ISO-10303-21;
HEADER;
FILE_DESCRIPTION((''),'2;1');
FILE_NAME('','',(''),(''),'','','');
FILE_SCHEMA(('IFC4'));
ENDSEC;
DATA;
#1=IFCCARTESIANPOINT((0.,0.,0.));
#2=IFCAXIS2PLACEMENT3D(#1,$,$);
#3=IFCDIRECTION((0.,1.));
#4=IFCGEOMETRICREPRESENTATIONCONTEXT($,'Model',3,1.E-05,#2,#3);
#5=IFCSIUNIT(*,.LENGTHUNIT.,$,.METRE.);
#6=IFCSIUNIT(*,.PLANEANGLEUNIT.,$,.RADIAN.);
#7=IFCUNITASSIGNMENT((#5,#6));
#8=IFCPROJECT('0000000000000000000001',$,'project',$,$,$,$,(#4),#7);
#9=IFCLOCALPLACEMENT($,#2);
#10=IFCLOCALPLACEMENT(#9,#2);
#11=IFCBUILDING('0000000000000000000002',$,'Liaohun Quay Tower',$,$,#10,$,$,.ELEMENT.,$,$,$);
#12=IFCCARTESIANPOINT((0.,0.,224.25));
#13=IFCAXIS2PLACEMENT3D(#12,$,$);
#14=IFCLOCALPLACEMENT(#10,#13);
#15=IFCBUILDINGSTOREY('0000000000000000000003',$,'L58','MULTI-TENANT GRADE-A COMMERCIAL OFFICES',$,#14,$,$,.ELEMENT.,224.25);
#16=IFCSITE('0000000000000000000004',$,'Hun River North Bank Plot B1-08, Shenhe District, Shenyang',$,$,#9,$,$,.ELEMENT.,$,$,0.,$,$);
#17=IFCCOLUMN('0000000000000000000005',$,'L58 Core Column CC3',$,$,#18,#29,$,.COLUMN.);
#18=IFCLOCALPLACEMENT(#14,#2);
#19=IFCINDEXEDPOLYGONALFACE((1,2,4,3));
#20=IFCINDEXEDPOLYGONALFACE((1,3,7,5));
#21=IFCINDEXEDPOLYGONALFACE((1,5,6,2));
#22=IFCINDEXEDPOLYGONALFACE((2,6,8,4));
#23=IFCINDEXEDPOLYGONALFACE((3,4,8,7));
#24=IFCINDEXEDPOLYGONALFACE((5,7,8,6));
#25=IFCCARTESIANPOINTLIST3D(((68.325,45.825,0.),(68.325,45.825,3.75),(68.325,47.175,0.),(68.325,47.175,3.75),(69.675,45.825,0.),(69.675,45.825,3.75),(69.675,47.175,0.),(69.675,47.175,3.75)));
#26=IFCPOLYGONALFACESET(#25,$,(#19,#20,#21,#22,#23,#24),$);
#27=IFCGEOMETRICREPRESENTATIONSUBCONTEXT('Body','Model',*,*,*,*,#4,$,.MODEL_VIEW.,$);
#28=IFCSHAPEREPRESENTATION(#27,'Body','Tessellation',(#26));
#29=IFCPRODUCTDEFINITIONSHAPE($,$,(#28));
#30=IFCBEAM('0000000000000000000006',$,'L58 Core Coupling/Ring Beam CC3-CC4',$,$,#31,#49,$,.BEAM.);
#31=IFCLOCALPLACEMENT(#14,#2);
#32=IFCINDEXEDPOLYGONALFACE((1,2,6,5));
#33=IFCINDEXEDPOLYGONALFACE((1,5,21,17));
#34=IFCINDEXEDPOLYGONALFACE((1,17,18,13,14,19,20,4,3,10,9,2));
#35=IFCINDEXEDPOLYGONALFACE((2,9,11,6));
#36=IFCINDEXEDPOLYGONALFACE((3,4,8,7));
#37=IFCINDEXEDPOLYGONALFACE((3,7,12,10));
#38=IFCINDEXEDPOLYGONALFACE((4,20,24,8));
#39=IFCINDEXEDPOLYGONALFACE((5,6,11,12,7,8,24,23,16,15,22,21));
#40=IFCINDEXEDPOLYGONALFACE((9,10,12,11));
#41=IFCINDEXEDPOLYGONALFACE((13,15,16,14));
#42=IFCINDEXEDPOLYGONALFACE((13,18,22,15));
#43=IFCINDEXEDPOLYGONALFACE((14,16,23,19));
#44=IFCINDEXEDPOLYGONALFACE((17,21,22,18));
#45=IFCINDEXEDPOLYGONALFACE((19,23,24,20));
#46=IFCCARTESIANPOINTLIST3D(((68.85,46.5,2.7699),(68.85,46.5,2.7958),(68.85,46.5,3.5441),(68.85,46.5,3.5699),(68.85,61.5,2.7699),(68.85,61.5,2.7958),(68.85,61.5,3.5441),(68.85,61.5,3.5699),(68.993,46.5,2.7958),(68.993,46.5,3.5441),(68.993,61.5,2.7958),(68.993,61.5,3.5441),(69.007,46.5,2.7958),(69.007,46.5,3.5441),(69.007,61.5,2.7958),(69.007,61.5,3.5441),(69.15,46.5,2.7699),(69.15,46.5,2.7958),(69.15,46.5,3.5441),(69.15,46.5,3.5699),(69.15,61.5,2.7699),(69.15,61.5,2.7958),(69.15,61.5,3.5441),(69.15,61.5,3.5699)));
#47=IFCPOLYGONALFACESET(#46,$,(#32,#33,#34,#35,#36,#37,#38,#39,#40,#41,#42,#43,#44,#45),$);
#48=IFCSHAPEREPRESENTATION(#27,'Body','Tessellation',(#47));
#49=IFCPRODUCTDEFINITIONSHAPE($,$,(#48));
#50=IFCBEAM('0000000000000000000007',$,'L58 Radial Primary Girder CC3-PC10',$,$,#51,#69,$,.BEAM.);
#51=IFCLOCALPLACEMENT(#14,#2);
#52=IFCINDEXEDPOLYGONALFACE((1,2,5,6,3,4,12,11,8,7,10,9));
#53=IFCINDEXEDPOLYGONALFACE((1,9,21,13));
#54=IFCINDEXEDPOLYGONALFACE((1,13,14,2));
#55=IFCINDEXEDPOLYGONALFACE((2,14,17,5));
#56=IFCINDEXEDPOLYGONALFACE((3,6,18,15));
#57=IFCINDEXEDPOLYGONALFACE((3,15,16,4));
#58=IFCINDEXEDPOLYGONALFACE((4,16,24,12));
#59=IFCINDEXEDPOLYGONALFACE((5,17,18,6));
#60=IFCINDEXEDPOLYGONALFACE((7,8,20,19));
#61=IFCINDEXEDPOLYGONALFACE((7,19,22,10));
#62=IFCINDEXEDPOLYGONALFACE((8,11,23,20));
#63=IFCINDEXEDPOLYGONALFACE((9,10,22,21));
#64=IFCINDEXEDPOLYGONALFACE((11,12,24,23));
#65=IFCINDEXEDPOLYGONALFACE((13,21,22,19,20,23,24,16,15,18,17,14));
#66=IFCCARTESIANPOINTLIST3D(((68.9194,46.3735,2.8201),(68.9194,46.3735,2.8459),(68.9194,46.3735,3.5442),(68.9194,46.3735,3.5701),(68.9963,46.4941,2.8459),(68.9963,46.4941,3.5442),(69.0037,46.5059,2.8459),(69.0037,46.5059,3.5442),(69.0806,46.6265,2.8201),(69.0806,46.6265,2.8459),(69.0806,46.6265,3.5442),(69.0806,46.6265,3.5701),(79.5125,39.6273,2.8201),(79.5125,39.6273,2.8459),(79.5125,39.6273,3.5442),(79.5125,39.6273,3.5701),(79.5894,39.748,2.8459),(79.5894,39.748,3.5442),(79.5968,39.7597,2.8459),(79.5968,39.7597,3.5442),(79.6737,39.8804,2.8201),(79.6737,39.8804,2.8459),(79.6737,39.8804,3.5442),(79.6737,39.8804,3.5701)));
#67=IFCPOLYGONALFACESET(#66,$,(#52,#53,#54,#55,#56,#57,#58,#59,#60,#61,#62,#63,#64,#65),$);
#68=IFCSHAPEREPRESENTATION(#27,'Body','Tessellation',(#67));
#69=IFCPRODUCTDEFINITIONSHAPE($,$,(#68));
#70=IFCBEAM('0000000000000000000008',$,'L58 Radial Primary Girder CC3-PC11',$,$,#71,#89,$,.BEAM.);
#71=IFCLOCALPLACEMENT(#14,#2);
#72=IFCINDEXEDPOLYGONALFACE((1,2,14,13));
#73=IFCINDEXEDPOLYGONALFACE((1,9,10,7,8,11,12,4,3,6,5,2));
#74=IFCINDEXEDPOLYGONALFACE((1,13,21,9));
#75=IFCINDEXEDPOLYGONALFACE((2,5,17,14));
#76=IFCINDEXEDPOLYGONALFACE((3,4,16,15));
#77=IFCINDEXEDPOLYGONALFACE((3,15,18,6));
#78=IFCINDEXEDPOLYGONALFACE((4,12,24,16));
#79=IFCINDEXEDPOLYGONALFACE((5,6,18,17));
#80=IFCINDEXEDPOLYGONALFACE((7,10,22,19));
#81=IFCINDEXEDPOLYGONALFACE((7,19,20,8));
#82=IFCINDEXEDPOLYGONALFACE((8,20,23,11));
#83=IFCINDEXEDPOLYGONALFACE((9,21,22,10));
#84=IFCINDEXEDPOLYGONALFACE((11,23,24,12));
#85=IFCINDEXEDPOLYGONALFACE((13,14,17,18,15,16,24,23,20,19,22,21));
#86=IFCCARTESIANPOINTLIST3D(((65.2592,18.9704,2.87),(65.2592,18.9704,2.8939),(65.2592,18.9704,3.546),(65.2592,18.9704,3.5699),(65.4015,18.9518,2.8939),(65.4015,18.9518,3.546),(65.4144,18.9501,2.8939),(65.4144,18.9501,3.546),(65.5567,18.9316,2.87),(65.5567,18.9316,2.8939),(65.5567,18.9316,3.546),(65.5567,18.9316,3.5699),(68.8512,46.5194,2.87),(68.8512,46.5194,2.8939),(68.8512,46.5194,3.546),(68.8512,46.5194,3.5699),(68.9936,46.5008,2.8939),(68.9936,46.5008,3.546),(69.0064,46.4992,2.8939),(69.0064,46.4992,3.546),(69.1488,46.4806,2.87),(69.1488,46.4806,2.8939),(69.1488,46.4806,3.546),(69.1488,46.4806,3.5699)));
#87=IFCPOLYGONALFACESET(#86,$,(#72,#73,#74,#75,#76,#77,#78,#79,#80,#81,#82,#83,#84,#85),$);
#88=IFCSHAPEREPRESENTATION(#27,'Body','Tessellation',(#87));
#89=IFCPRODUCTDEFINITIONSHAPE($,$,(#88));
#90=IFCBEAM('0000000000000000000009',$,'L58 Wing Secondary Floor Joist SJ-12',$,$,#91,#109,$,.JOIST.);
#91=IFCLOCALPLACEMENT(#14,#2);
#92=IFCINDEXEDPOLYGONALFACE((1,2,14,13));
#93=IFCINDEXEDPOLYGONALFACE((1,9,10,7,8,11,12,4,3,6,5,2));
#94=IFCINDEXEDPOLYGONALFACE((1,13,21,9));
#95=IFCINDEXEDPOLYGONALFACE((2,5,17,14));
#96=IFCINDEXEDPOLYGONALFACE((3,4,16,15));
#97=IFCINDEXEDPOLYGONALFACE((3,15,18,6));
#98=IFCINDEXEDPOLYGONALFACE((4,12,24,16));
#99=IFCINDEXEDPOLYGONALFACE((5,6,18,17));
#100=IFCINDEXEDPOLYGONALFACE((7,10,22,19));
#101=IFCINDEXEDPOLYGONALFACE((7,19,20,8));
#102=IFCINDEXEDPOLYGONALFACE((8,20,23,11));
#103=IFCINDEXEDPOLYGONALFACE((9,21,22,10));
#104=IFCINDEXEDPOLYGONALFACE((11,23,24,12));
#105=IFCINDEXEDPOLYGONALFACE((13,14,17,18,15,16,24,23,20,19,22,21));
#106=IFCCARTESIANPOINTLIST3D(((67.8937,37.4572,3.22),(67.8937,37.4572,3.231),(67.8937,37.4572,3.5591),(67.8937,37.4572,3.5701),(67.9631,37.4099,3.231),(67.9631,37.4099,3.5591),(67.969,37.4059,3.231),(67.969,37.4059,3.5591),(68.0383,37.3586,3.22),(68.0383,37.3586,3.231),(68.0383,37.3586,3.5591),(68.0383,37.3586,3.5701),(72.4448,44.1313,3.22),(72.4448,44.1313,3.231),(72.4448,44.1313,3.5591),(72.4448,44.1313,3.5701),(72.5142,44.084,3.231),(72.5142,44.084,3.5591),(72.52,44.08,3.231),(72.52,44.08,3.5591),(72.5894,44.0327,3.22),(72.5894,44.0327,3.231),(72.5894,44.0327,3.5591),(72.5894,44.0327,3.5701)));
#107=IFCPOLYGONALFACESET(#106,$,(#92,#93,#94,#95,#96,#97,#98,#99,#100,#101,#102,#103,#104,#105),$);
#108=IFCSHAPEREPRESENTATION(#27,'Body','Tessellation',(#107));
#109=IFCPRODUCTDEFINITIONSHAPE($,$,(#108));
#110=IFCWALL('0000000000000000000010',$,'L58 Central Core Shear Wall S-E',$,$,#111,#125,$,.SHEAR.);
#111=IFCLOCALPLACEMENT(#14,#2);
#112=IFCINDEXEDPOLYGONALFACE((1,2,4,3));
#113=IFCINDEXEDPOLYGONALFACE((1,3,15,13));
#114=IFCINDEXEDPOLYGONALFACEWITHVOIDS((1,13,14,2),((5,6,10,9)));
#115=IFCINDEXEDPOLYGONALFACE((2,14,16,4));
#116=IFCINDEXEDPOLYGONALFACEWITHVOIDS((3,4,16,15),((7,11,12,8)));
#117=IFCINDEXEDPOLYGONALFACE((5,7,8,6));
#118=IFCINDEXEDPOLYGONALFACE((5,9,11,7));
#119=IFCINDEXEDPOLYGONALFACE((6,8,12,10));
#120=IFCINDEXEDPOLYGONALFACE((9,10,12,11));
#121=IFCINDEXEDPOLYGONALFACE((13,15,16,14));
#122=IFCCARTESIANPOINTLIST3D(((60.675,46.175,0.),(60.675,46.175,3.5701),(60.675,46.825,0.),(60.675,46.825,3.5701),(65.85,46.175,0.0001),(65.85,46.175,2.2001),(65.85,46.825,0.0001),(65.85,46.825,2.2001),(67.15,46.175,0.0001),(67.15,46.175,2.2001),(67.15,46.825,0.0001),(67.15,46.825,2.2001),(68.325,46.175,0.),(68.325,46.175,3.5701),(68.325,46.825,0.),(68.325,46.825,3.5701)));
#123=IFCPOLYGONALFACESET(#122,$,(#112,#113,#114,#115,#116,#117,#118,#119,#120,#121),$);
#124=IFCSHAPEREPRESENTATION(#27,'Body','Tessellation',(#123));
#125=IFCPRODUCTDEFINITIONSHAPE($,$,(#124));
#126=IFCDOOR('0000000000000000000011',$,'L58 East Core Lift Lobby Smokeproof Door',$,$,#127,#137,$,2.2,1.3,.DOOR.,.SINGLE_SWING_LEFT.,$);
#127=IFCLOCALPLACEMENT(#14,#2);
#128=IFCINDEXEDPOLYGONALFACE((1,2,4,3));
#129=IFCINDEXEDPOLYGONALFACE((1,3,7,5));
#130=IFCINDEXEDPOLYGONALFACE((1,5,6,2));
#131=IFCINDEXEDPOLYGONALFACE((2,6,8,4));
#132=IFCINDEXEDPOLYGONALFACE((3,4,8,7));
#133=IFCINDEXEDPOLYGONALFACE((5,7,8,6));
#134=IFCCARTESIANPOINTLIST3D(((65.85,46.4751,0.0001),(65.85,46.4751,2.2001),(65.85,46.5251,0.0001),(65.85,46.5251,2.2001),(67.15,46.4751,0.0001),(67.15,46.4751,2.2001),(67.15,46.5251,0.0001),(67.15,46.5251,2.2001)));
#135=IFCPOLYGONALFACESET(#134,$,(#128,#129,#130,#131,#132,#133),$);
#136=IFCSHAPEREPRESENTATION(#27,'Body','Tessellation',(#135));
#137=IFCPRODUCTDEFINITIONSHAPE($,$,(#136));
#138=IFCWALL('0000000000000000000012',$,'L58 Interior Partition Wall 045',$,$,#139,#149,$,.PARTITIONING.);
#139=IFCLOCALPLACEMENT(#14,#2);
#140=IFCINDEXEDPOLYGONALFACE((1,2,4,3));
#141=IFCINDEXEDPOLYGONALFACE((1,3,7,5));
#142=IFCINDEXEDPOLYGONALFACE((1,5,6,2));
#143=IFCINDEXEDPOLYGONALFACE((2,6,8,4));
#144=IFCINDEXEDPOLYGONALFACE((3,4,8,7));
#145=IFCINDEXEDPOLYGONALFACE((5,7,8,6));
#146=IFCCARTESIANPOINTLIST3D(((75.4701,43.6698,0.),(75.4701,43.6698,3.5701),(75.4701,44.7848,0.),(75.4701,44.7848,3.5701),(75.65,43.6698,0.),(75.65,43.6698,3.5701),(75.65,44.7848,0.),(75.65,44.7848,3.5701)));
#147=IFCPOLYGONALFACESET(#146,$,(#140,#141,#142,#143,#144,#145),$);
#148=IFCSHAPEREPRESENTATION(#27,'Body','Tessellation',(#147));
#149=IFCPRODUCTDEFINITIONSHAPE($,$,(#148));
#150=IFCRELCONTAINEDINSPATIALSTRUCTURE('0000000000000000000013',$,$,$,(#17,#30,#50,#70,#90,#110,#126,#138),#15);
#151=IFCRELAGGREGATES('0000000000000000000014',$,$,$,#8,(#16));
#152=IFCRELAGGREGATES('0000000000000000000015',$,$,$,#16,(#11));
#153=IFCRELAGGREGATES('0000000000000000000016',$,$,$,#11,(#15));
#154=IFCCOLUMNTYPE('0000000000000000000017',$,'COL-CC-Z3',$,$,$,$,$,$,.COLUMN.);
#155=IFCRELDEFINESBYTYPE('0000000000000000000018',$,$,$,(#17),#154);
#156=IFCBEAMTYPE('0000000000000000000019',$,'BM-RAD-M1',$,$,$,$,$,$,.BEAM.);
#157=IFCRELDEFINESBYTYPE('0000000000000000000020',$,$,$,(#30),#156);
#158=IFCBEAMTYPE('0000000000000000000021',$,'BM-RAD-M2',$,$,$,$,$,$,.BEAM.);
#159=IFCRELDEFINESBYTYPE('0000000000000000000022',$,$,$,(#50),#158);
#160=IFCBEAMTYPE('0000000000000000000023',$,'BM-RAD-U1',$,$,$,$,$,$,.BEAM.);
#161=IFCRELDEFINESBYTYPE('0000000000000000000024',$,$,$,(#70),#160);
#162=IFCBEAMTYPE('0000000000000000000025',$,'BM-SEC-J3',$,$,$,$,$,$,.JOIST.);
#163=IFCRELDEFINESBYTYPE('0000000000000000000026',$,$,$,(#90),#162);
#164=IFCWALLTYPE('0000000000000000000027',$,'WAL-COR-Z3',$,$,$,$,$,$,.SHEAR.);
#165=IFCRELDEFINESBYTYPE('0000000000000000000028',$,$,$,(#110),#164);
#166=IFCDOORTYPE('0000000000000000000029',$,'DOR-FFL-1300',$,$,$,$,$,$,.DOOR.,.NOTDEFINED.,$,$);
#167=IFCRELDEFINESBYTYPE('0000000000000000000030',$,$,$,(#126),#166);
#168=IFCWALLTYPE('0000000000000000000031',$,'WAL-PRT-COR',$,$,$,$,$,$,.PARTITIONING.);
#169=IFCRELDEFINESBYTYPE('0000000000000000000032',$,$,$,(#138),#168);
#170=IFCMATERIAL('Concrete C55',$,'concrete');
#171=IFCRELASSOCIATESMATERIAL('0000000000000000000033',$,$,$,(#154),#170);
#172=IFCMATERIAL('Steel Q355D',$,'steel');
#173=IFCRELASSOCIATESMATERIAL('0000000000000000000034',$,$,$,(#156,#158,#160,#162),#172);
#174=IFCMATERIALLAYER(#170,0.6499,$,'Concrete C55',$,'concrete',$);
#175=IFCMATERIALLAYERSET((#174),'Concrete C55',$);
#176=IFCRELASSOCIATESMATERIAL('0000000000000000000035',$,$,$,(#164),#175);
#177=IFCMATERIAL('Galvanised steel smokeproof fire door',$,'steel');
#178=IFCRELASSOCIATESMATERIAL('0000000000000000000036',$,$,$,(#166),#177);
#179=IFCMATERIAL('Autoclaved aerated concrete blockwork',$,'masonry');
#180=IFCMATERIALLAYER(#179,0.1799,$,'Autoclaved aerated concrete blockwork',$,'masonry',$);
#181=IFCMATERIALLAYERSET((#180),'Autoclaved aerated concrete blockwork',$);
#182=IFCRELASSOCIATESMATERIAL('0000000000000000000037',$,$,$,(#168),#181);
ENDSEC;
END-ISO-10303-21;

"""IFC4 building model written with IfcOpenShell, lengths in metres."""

from ifc_helpers import new_model, si_unit, direction, frame, frame_2d, origin, origin_2d, place, context, subcontext, project, spatial, rectangle, i_section, extrude, source, transform, mapped, material, layer, layer_set, material_profile, profile_set, type_object, element, fill, save


model = new_model("IFC4")

# Units and contexts
model_context = context("Model", 3, precision=1e-05, world=origin(), true_north=direction((0.0, 1.0)))
body_context = subcontext(model_context, "Body", "Model", "MODEL_VIEW")
ifc_project = project(units=[si_unit("LENGTHUNIT", "METRE"), si_unit("PLANEANGLEUNIT", "RADIAN")], contexts=[model_context])

# Site, building, storey
site_placement = place(None, origin())
site = spatial("IfcSite", under=ifc_project, at=site_placement, Name="Hun River North Bank Plot B1-08, Shenhe District, Shenyang", CompositionType="ELEMENT", RefElevation=0.0)
building_placement = place(site_placement, origin())
building = spatial("IfcBuilding", under=site, at=building_placement, Name="Liaohun Quay Tower", CompositionType="ELEMENT")
storey_placement = place(building_placement, frame((0.0, 0.0, 224.25)))
storey = spatial("IfcBuildingStorey", under=building, at=storey_placement, Name="L58", Description="MULTI-TENANT GRADE-A COMMERCIAL OFFICES", CompositionType="ELEMENT", Elevation=224.25)

# Column
ifc_material_1 = material(Name="Concrete C55", Category="concrete")
ifc_material_profile_1 = material_profile(ifc_material_1, rectangle(XDim=1.3501, YDim=1.3501, at=origin_2d()), Name="RC1350x1350")
ifc_profile_set_1 = profile_set([ifc_material_profile_1], Name="Concrete C55")
column_type = type_object("IfcColumnType", Name="COL-CC-Z3", PredefinedType="COLUMN", material=ifc_profile_set_1)
shared_shape_1 = source(origin(), body_context, "Body", "SweptSolid", [
    extrude(rectangle(XDim=1.3501, YDim=1.3501, at=origin_2d()), origin(), (0.0, 0.0, 1.0), 3.75),
])
column_placement = place(storey_placement, frame((69.0, 46.5, 0.0), z_axis=(0.0, 0.0, 1.0), x_axis=(1.0, 0.0, 0.0)))
element("IfcColumn", 1, at=column_placement, inside=storey, type_object=column_type, Name="L58 Core Column CC3", PredefinedType="COLUMN", context=body_context, shape_type="MappedRepresentation", body=[
    mapped(shared_shape_1, transform((0.0, 0.0, 0.0), x_axis=(1.0, 0.0, 0.0), y_axis=(0.0, 1.0, 0.0), z_axis=(0.0, 0.0, 1.0), scale=1.0)),
])

# Beams
ifc_material_2 = material(Name="Steel Q355D", Category="steel")
ifc_material_profile_2 = material_profile(ifc_material_2, i_section(OverallWidth=0.3, OverallDepth=0.8, WebThickness=0.0139, FlangeThickness=0.0259, at=origin_2d()), Name="HN800x300x14x26")
ifc_profile_set_2 = profile_set([ifc_material_profile_2], Name="Steel Q355D")
beam_type_1 = type_object("IfcBeamType", Name="BM-RAD-M1", PredefinedType="BEAM", material=ifc_profile_set_2)
shared_shape_2 = source(origin(), body_context, "Body", "SweptSolid", [
    extrude(i_section(OverallWidth=0.3, OverallDepth=0.8, WebThickness=0.0139, FlangeThickness=0.0259, at=origin_2d()), origin(), (0.0, 0.0, 1.0), 15.0),
])
beam_1_placement = place(storey_placement, frame((69.0, 46.5, 3.1699), z_axis=(0.0, 1.0, 0.0), x_axis=(-1.0, 0.0, 0.0)))
element("IfcBeam", 2, at=beam_1_placement, inside=storey, type_object=beam_type_1, Name="L58 Core Coupling/Ring Beam CC3-CC4", PredefinedType="BEAM", context=body_context, shape_type="MappedRepresentation", body=[
    mapped(shared_shape_2, transform((0.0, 0.0, 0.0), x_axis=(1.0, 0.0, 0.0), y_axis=(0.0, 1.0, 0.0), z_axis=(0.0, 0.0, 1.0), scale=1.0)),
])
ifc_material_profile_3 = material_profile(ifc_material_2, i_section(OverallWidth=0.3, OverallDepth=0.75, WebThickness=0.0139, FlangeThickness=0.0259, at=origin_2d()), Name="HN750x300x14x26")
ifc_profile_set_3 = profile_set([ifc_material_profile_3], Name="Steel Q355D")
beam_type_2 = type_object("IfcBeamType", Name="BM-RAD-M2", PredefinedType="BEAM", material=ifc_profile_set_3)
shared_shape_3 = source(origin(), body_context, "Body", "SweptSolid", [
    extrude(i_section(OverallWidth=0.3, OverallDepth=0.75, WebThickness=0.0139, FlangeThickness=0.0259, at=origin_2d()), origin(), (0.0, 0.0, 1.0), 12.5588),
])
beam_2_placement = place(storey_placement, frame((69.0, 46.5, 3.1951), z_axis=(0.843478, -0.537164, 0.0), x_axis=(0.537164, 0.843478, 0.0)))
element("IfcBeam", 3, at=beam_2_placement, inside=storey, type_object=beam_type_2, Name="L58 Radial Primary Girder CC3-PC10", PredefinedType="BEAM", context=body_context, shape_type="MappedRepresentation", body=[
    mapped(shared_shape_3, transform((0.0, 0.0, 0.0), x_axis=(1.0, 0.0, 0.0), y_axis=(0.0, 1.0, 0.0), z_axis=(0.0, 0.0, 1.0), scale=1.0)),
])
ifc_material_profile_4 = material_profile(ifc_material_2, i_section(OverallWidth=0.3, OverallDepth=0.7, WebThickness=0.0129, FlangeThickness=0.0239, at=origin_2d()), Name="HN700x300x13x24")
ifc_profile_set_4 = profile_set([ifc_material_profile_4], Name="Steel Q355D")
beam_type_3 = type_object("IfcBeamType", Name="BM-RAD-U1", PredefinedType="BEAM", material=ifc_profile_set_4)
shared_shape_4 = source(origin(), body_context, "Body", "SweptSolid", [
    extrude(i_section(OverallWidth=0.3, OverallDepth=0.7, WebThickness=0.0129, FlangeThickness=0.0239, at=origin_2d()), origin(), (0.0, 0.0, 1.0), 27.7822),
])
beam_3_placement = place(storey_placement, frame((69.0, 46.5, 3.22), z_axis=(-0.129293, -0.991606, 0.0), x_axis=(0.991606, -0.129293, 0.0)))
element("IfcBeam", 4, at=beam_3_placement, inside=storey, type_object=beam_type_3, Name="L58 Radial Primary Girder CC3-PC11", PredefinedType="BEAM", context=body_context, shape_type="MappedRepresentation", body=[
    mapped(shared_shape_4, transform((0.0, 0.0, 0.0), x_axis=(1.0, 0.0, 0.0), y_axis=(0.0, 1.0, 0.0), z_axis=(0.0, 0.0, 1.0), scale=1.0)),
])
ifc_material_profile_5 = material_profile(ifc_material_2, i_section(OverallWidth=0.175, OverallDepth=0.3501, WebThickness=0.0071, FlangeThickness=0.011, at=origin_2d()), Name="HN350x175x7x11")
ifc_profile_set_5 = profile_set([ifc_material_profile_5], Name="Steel Q355D")
beam_type_4 = type_object("IfcBeamType", Name="BM-SEC-J3", PredefinedType="JOIST", material=ifc_profile_set_5)
shared_shape_5 = source(origin(), body_context, "Body", "SweptSolid", [
    extrude(i_section(OverallWidth=0.175, OverallDepth=0.3501, WebThickness=0.0071, FlangeThickness=0.011, at=origin_2d()), origin(), (0.0, 0.0, 1.0), 8.0781),
])
beam_4_placement = place(storey_placement, frame((72.5171, 44.082, 3.395), z_axis=(-0.563381, -0.826197, 0.0), x_axis=(0.826197, -0.563381, 0.0)))
element("IfcBeam", 5, at=beam_4_placement, inside=storey, type_object=beam_type_4, Name="L58 Wing Secondary Floor Joist SJ-12", PredefinedType="JOIST", context=body_context, shape_type="MappedRepresentation", body=[
    mapped(shared_shape_5, transform((0.0, 0.0, 0.0), x_axis=(1.0, 0.0, 0.0), y_axis=(0.0, 1.0, 0.0), z_axis=(0.0, 0.0, 1.0), scale=1.0)),
])

# Wall, opening, door
ifc_layer_1 = layer(ifc_material_1, 0.6499, Name="Concrete C55", Category="concrete")
ifc_layer_set_1 = layer_set([ifc_layer_1], Name="Concrete C55")
wall_type_1 = type_object("IfcWallType", Name="WAL-COR-Z3", PredefinedType="SHEAR", material=ifc_layer_set_1)
wall_1_placement = place(storey_placement, frame((68.325, 46.5, 0.0), z_axis=(0.0, 0.0, 1.0), x_axis=(-1.0, 0.0, 0.0)))
wall_1 = element("IfcWall", 6, at=wall_1_placement, inside=storey, type_object=wall_type_1, Name="L58 Central Core Shear Wall S-E", PredefinedType="SHEAR", context=body_context, shape_type="SweptSolid", body=[
    extrude(rectangle(XDim=7.6499, YDim=0.6499, at=frame_2d((3.825, 0.0))), origin(), (0.0, 0.0, 1.0), 3.5701),
])
shared_shape_6 = source(origin(), body_context, "Body", "SweptSolid", [
    extrude(rectangle(XDim=1.3, YDim=2.2, at=frame_2d((0.6499, 1.1001))), frame((0.0, 0.335, 0.0), z_axis=(0.0, -1.0, 0.0), x_axis=(1.0, 0.0, 0.0)), (0.0, 0.0, 1.0), 0.6699),
])
opening_1_placement = place(wall_1_placement, frame((1.175, 0.0, 0.0)))
opening_1 = element("IfcOpeningElement", 7, at=opening_1_placement, cuts=wall_1, PredefinedType="OPENING", context=body_context, shape_type="MappedRepresentation", body=[
    mapped(shared_shape_6, transform((0.0, 0.0, 0.0), x_axis=(1.0, 0.0, 0.0), y_axis=(0.0, 1.0, 0.0), z_axis=(0.0, 0.0, 1.0), scale=1.0)),
])
ifc_material_3 = material(Name="Galvanised steel smokeproof fire door", Category="steel")
door_type_1 = type_object("IfcDoorType", Name="DOR-FFL-1300", OperationType="NOTDEFINED", PredefinedType="DOOR", material=ifc_material_3)
shared_shape_7 = source(origin(), body_context, "Body", "SweptSolid", [
    extrude(rectangle(XDim=1.3, YDim=2.2, at=frame_2d((0.6499, 1.1001))), frame((0.0, 0.0249, 0.0), z_axis=(0.0, -1.0, 0.0), x_axis=(1.0, 0.0, 0.0)), (0.0, 0.0, 1.0), 0.05),
])
door_1_placement = place(opening_1_placement, origin())
door_1 = element("IfcDoor", 8, at=door_1_placement, inside=storey, type_object=door_type_1, Name="L58 East Core Lift Lobby Smokeproof Door", OperationType="SINGLE_SWING_LEFT", OverallHeight=2.2, OverallWidth=1.3, PredefinedType="DOOR", context=body_context, shape_type="MappedRepresentation", body=[
    mapped(shared_shape_7, transform((0.0, 0.0, 0.0), x_axis=(1.0, 0.0, 0.0), y_axis=(0.0, 1.0, 0.0), z_axis=(0.0, 0.0, 1.0), scale=1.0)),
])
fill(opening_1, door_1)

# Wall
ifc_material_4 = material(Name="Autoclaved aerated concrete blockwork", Category="masonry")
ifc_layer_2 = layer(ifc_material_4, 0.1799, Name="Autoclaved aerated concrete blockwork", Category="masonry")
ifc_layer_set_2 = layer_set([ifc_layer_2], Name="Autoclaved aerated concrete blockwork")
wall_type_2 = type_object("IfcWallType", Name="WAL-PRT-COR", PredefinedType="PARTITIONING", material=ifc_layer_set_2)
wall_2_placement = place(storey_placement, frame((75.5601, 44.7849, 0.0), z_axis=(0.0, 0.0, 1.0), x_axis=(0.0, -1.0, 0.0)))
element("IfcWall", 9, at=wall_2_placement, inside=storey, type_object=wall_type_2, Name="L58 Interior Partition Wall 045", PredefinedType="PARTITIONING", context=body_context, shape_type="SweptSolid", body=[
    extrude(rectangle(XDim=1.115, YDim=0.1799, at=frame_2d((0.5576, 0.0))), origin(), (0.0, 0.0, 1.0), 3.5701),
])

save(model, "model.ifc")
